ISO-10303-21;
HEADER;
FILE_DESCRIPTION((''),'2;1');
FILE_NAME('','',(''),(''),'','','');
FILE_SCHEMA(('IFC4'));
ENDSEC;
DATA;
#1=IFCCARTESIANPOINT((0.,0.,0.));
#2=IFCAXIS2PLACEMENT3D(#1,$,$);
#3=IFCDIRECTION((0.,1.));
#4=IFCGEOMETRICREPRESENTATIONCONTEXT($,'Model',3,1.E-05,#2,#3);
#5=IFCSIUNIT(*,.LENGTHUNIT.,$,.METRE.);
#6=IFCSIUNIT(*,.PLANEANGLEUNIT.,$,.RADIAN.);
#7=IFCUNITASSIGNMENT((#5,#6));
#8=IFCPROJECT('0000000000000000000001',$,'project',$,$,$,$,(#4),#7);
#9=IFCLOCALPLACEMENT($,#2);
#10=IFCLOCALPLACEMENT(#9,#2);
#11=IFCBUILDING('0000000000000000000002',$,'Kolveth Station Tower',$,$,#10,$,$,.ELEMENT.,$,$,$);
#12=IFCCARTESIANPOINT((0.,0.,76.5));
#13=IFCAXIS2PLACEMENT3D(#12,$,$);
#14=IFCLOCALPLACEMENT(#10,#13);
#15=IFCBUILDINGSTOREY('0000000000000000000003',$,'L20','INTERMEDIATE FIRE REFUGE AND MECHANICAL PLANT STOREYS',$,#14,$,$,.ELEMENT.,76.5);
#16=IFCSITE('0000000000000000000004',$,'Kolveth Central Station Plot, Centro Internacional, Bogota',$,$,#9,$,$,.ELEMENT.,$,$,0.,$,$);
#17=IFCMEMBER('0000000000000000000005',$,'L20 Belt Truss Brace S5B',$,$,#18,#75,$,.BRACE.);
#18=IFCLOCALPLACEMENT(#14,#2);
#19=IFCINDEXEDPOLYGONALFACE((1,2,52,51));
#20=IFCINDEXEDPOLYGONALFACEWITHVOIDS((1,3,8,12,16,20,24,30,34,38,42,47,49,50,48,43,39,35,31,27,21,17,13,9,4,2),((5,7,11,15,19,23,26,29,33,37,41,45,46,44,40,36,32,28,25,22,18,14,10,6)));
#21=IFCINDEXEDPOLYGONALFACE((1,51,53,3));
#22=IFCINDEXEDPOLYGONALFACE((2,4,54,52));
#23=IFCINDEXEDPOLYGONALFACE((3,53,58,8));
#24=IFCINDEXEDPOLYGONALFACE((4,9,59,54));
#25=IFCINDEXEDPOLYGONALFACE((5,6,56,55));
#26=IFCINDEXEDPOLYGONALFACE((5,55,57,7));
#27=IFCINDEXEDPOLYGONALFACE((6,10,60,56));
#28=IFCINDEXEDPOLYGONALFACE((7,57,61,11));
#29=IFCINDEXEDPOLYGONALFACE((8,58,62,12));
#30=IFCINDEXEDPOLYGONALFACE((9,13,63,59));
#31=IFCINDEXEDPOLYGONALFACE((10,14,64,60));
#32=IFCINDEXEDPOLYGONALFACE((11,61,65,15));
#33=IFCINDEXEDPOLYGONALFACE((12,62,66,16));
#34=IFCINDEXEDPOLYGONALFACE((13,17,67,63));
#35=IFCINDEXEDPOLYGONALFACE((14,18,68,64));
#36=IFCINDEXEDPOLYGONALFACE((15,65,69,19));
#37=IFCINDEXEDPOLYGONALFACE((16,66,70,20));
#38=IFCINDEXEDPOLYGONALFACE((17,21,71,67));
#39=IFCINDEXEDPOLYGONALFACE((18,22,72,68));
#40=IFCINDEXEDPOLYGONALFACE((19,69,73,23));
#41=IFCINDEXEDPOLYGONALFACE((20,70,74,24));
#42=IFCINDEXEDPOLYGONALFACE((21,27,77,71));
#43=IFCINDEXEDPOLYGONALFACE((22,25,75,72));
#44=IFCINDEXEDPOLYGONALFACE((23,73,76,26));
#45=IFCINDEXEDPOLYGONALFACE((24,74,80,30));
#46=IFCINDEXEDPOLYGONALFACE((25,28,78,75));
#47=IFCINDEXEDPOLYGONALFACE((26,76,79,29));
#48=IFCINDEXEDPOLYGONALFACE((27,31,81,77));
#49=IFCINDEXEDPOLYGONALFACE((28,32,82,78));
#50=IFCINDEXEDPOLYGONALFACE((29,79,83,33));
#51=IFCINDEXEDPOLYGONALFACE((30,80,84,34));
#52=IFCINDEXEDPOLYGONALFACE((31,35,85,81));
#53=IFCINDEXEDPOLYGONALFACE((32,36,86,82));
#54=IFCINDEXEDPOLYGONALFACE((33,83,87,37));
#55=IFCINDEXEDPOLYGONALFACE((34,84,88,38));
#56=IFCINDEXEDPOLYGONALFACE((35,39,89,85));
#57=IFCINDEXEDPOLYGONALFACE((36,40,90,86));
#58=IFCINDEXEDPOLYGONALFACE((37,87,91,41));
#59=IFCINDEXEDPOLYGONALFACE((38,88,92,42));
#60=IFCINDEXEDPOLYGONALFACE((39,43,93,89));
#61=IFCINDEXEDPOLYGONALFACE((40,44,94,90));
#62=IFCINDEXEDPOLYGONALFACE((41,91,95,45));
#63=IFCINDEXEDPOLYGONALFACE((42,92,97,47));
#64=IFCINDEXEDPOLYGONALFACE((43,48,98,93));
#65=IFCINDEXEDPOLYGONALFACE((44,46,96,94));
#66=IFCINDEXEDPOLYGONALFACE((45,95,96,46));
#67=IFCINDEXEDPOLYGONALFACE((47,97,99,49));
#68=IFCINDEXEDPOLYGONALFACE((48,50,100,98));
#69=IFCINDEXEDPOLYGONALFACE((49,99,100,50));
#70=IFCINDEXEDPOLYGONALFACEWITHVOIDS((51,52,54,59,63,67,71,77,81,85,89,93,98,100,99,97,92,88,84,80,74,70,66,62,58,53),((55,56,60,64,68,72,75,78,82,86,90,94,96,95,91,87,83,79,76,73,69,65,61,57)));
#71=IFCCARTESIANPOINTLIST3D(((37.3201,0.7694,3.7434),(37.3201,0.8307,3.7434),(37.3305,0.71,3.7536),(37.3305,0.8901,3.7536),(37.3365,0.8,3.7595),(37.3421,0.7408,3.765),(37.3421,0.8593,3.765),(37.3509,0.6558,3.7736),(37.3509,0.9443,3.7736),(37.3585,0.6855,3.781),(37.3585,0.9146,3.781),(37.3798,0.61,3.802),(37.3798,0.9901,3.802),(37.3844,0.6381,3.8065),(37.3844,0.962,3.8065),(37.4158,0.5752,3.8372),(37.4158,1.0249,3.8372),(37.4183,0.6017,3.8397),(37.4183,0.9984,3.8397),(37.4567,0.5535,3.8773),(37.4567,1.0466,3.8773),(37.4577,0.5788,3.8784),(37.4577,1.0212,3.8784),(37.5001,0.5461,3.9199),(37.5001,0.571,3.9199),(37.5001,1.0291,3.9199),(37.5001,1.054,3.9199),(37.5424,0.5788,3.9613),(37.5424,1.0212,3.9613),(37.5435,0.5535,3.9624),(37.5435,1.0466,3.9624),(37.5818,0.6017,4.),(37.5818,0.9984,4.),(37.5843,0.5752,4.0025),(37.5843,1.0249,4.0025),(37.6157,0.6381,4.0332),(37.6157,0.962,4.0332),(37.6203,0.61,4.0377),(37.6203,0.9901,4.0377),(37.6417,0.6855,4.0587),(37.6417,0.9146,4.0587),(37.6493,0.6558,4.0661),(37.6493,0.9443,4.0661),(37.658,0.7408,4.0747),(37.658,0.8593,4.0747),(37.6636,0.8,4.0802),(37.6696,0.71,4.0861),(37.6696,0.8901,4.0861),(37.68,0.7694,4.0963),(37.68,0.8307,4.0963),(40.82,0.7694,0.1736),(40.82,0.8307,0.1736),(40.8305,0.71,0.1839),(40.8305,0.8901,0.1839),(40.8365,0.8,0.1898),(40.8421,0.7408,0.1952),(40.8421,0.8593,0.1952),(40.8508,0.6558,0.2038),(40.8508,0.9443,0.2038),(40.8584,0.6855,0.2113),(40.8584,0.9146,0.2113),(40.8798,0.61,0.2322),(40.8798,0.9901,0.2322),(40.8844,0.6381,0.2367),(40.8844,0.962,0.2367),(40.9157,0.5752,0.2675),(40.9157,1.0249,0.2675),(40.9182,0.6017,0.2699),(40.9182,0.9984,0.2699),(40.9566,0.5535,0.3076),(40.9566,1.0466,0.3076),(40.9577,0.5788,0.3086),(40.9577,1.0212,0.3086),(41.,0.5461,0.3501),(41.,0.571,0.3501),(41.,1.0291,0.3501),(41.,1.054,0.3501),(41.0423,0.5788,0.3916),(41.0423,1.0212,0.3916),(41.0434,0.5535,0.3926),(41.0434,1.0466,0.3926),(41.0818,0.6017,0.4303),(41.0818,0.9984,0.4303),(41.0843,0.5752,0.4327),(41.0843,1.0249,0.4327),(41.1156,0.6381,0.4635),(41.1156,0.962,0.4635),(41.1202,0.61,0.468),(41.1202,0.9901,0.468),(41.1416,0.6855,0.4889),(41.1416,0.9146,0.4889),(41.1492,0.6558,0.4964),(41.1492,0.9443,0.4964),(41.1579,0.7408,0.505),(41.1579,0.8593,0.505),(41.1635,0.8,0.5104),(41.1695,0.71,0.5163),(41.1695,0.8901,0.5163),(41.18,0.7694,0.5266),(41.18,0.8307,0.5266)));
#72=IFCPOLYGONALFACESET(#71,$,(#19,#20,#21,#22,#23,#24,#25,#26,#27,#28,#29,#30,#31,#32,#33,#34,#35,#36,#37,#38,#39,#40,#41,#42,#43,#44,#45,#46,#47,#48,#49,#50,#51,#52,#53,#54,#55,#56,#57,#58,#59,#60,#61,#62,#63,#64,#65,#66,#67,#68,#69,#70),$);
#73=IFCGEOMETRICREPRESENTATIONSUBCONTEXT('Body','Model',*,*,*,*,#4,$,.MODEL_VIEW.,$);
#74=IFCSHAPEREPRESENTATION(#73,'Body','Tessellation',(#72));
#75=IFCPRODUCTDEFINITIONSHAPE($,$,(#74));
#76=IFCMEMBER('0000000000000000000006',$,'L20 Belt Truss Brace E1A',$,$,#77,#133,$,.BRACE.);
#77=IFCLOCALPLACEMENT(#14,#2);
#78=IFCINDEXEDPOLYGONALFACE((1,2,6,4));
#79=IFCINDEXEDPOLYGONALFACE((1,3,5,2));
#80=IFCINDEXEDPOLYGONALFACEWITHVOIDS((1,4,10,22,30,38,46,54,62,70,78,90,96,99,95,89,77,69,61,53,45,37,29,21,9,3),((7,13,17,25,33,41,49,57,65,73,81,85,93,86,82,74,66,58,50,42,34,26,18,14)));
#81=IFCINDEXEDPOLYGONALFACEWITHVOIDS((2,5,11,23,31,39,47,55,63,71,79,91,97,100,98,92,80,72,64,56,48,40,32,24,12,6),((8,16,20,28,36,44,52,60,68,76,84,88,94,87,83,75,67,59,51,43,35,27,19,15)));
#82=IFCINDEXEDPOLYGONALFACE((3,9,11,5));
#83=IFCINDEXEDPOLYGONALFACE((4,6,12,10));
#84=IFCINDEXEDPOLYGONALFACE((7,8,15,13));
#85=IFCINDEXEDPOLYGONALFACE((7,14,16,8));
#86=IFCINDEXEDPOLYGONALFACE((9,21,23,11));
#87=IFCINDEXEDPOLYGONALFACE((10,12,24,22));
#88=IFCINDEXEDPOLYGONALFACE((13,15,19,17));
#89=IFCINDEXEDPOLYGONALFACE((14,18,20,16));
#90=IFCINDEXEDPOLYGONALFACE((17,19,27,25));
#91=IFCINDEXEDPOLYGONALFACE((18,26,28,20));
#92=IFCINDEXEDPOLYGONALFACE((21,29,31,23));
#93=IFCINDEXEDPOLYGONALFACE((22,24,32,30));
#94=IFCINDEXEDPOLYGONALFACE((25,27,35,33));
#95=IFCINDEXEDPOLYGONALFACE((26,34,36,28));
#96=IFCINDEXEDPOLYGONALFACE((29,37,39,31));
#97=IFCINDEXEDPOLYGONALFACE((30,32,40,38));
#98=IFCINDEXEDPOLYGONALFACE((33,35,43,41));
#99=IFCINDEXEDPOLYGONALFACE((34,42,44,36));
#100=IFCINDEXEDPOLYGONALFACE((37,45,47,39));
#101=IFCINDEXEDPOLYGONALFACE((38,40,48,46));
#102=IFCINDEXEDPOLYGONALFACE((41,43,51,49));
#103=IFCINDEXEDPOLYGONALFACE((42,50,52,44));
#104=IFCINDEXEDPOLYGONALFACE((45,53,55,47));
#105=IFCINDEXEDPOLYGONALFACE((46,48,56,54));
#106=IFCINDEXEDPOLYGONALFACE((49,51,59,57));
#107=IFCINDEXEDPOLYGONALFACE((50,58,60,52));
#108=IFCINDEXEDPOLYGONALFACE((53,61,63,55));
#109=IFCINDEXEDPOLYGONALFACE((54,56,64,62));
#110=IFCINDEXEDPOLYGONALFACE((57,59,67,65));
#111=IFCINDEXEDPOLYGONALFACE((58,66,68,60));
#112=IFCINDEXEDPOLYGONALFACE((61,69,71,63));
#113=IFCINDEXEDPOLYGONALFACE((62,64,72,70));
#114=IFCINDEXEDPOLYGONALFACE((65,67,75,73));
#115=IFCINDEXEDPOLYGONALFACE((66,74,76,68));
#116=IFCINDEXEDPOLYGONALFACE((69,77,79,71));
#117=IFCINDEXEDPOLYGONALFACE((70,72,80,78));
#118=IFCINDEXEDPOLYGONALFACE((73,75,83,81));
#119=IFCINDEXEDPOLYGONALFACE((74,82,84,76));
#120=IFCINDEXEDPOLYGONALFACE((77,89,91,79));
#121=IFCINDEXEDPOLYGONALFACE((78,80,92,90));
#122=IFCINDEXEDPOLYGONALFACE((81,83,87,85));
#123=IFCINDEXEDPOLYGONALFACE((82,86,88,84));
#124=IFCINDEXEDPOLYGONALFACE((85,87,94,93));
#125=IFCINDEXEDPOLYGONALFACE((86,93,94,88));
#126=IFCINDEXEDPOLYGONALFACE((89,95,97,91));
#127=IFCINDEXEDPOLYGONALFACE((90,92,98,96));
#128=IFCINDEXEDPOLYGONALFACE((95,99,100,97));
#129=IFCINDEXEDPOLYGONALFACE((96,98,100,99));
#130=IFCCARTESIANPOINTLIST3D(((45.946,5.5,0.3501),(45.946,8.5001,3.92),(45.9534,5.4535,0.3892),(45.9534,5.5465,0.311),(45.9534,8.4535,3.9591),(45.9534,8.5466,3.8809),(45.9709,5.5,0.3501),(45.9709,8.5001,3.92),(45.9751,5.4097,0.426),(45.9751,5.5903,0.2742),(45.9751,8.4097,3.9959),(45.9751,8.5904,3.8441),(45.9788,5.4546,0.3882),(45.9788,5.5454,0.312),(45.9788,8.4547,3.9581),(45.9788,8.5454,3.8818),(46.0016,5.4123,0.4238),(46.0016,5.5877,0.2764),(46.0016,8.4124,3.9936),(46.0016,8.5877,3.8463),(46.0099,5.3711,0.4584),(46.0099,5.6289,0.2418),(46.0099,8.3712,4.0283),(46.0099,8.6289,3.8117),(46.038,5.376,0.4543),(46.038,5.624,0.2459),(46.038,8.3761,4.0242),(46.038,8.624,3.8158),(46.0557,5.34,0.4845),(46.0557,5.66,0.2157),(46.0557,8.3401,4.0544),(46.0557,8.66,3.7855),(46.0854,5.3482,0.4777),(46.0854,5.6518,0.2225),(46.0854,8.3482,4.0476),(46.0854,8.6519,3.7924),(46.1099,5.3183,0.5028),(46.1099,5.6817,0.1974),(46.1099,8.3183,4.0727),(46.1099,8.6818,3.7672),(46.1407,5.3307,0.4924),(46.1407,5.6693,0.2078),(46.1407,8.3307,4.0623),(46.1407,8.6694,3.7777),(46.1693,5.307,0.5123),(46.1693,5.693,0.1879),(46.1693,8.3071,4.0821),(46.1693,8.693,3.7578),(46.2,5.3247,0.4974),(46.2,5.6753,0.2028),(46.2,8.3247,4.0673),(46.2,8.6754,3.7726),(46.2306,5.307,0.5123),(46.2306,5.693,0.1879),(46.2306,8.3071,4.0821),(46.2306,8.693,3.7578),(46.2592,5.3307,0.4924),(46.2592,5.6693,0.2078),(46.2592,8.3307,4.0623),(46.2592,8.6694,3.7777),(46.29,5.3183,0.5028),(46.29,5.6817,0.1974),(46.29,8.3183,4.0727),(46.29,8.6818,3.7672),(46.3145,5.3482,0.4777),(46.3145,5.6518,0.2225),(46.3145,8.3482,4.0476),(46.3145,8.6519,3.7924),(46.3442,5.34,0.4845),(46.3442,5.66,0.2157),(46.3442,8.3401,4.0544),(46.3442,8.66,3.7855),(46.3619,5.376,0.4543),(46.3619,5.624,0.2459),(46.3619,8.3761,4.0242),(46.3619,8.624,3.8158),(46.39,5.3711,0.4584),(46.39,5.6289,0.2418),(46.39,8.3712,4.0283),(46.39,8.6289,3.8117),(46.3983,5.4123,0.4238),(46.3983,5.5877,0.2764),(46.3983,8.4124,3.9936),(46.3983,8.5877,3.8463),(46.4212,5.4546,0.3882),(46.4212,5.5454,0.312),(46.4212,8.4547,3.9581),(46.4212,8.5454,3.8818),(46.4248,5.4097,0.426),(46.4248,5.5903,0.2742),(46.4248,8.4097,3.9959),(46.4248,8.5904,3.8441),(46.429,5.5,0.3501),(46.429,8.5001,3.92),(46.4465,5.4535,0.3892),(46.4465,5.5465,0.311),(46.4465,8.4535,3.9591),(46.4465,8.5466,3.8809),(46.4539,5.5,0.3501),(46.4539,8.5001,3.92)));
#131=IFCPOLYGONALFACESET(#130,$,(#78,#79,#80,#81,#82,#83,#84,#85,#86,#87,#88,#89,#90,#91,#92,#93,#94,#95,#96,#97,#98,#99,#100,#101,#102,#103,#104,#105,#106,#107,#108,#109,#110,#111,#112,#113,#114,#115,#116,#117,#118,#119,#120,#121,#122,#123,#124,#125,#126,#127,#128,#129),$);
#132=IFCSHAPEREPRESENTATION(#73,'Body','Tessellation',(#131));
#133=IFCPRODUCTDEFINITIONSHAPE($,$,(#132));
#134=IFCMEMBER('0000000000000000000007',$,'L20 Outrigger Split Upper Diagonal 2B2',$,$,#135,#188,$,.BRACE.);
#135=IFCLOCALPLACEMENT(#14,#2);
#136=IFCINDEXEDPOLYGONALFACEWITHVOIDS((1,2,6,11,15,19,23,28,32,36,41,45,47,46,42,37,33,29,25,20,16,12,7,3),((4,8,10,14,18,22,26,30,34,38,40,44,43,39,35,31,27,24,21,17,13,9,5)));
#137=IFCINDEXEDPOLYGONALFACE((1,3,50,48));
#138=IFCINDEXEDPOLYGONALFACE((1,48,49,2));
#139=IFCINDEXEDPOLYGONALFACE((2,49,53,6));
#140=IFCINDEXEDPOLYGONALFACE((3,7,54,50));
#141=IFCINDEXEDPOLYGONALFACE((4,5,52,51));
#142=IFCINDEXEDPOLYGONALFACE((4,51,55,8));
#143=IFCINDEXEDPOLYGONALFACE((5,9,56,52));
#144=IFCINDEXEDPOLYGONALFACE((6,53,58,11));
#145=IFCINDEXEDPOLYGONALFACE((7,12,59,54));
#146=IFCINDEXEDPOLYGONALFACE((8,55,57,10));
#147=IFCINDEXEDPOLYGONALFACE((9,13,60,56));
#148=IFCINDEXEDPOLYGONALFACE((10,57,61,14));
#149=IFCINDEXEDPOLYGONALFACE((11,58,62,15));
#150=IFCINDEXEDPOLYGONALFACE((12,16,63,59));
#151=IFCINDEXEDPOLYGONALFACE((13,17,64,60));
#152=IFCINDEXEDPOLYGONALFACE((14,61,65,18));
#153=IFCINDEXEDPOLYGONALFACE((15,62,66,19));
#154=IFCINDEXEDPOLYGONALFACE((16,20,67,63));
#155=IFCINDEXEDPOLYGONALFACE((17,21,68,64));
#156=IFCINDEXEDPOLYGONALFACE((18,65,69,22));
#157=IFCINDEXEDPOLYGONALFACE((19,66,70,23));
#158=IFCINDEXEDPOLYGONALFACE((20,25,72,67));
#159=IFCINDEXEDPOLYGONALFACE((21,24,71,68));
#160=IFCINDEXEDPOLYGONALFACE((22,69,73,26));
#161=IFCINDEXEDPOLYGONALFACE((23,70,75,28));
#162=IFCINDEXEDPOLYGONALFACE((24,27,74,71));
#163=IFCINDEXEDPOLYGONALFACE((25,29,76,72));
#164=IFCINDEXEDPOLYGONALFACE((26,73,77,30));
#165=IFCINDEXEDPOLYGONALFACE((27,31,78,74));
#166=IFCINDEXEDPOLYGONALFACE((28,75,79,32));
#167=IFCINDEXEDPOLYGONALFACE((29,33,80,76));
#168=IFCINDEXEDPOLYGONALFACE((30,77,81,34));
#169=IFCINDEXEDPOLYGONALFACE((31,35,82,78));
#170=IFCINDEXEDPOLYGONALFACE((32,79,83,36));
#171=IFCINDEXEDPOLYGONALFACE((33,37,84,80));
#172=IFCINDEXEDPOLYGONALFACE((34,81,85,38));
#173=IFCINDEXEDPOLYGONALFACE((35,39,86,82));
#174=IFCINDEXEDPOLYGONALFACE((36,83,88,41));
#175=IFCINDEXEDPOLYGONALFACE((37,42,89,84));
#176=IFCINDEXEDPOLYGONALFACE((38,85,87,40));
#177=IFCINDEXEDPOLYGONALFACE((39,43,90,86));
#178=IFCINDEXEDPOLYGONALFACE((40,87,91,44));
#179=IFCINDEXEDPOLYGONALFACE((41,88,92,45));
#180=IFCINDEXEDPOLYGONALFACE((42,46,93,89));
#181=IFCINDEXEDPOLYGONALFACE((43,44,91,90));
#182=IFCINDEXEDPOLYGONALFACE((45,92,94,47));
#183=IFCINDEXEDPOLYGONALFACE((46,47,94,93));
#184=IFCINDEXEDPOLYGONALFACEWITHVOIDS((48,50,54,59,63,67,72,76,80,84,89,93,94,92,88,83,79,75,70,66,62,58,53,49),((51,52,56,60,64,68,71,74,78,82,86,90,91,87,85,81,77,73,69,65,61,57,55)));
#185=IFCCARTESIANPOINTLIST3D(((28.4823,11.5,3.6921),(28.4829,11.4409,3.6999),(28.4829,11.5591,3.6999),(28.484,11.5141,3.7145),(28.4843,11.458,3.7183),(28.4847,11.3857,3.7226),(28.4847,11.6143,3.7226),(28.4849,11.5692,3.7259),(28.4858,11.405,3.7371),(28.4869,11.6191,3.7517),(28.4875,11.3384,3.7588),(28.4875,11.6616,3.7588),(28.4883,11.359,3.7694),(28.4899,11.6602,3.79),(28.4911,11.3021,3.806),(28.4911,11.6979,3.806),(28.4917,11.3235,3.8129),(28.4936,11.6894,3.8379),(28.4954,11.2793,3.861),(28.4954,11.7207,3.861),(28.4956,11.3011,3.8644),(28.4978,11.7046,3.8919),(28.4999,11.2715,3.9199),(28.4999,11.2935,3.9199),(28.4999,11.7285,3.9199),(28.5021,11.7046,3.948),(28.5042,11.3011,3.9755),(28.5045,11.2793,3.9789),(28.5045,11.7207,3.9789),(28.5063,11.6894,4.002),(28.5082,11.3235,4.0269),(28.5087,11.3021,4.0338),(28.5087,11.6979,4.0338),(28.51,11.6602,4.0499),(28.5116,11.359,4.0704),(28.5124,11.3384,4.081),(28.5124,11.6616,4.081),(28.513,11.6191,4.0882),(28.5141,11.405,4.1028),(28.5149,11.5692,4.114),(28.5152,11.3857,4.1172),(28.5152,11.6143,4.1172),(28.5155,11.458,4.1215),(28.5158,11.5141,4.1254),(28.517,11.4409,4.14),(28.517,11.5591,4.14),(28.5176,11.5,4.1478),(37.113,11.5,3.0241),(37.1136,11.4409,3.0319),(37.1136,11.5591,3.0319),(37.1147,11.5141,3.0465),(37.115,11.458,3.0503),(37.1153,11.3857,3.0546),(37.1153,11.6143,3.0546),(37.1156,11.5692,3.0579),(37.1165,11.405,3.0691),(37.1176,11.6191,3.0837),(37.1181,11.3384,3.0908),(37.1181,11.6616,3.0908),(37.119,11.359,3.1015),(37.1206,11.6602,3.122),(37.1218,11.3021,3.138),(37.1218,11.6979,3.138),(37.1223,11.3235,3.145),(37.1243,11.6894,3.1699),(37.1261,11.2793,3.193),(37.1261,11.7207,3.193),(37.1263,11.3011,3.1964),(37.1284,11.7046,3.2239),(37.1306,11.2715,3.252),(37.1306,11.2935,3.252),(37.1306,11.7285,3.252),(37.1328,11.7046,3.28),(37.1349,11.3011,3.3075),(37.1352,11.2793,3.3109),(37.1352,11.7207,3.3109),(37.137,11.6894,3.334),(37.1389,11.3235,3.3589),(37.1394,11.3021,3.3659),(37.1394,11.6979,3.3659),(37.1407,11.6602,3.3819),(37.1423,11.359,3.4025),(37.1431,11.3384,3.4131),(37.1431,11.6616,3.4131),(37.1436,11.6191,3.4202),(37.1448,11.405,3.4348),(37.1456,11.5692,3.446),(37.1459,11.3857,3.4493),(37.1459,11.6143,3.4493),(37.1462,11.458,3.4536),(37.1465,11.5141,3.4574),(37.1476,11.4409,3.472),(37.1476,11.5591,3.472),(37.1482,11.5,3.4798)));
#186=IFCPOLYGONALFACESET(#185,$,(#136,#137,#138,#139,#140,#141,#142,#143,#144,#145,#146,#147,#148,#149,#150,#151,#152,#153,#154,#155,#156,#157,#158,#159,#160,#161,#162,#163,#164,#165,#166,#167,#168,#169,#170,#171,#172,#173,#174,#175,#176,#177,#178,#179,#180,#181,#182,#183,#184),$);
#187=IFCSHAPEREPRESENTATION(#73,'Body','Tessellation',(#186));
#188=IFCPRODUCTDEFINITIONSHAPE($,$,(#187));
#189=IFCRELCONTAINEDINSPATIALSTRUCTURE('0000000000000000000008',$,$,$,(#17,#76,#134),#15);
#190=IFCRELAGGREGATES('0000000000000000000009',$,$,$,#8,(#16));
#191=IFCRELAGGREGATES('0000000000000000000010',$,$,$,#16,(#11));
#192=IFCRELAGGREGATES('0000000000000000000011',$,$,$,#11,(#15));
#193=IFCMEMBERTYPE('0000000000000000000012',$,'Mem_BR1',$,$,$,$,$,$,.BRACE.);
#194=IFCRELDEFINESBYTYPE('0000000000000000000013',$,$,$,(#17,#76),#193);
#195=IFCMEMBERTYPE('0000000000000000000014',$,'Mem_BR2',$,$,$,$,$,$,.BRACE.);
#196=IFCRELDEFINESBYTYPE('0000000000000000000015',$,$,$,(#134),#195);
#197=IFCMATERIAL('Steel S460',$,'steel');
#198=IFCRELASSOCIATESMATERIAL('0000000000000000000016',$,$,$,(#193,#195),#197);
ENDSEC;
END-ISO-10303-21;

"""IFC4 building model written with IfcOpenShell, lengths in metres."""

from ifc_helpers import new_model, si_unit, direction, frame, origin, origin_2d, place, context, subcontext, project, spatial, hollow_circle, extrude, source, transform, mapped, material, material_profile, profile_set, type_object, element, save


model = new_model("IFC4")

# Units and contexts
model_context = context("Model", 3, precision=1e-05, world=origin(), true_north=direction((0.0, 1.0)))
body_context = subcontext(model_context, "Body", "Model", "MODEL_VIEW")
ifc_project = project(units=[si_unit("LENGTHUNIT", "METRE"), si_unit("PLANEANGLEUNIT", "RADIAN")], contexts=[model_context])

# Site, building, storey
site_placement = place(None, origin())
site = spatial("IfcSite", under=ifc_project, at=site_placement, Name="Kolveth Central Station Plot, Centro Internacional, Bogota", CompositionType="ELEMENT", RefElevation=0.0)
building_placement = place(site_placement, origin())
building = spatial("IfcBuilding", under=site, at=building_placement, Name="Kolveth Station Tower", CompositionType="ELEMENT")
storey_placement = place(building_placement, frame((0.0, 0.0, 76.5)))
storey = spatial("IfcBuildingStorey", under=building, at=storey_placement, Name="L20", Description="INTERMEDIATE FIRE REFUGE AND MECHANICAL PLANT STOREYS", CompositionType="ELEMENT", Elevation=76.5)

# Shared definitions
ifc_material_1 = material(Name="Steel S460", Category="steel")

# Members
ifc_material_profile_1 = material_profile(ifc_material_1, hollow_circle(Radius=0.2539, WallThickness=0.0249, at=origin_2d()), Name="CHS508x25")
ifc_profile_set_1 = profile_set([ifc_material_profile_1], Name="Steel S460")
member_type_1 = type_object("IfcMemberType", Name="Mem_BR1", PredefinedType="BRACE", material=ifc_profile_set_1)
shared_shape_1 = source(origin(), body_context, "Body", "SweptSolid", [
    extrude(hollow_circle(Radius=0.2539, WallThickness=0.0249, at=origin_2d()), origin(), (0.0, 0.0, 1.0), 4.9993),
])
member_1_placement = place(storey_placement, frame((41.0, 0.8, 0.3501), z_axis=(-0.700089, 0.0, 0.714056), x_axis=(0.0, -1.0, 0.0)))
element("IfcMember", 1, at=member_1_placement, inside=storey, type_object=member_type_1, Name="L20 Belt Truss Brace S5B", PredefinedType="BRACE", context=body_context, shape_type="MappedRepresentation", body=[
    mapped(shared_shape_1, transform((0.0, 0.0, 0.0), x_axis=(1.0, 0.0, 0.0), y_axis=(0.0, 1.0, 0.0), z_axis=(0.0, 0.0, 1.0), scale=1.0)),
])
shared_shape_2 = source(origin(), body_context, "Body", "SweptSolid", [
    extrude(hollow_circle(Radius=0.2539, WallThickness=0.0249, at=origin_2d()), origin(), (0.0, 0.0, 1.0), 4.6631),
])
member_2_placement = place(storey_placement, frame((46.2, 5.5, 0.3501), z_axis=(0.0, 0.643362, 0.765563), x_axis=(-1.0, 0.0, 0.0)))
element("IfcMember", 2, at=member_2_placement, inside=storey, type_object=member_type_1, Name="L20 Belt Truss Brace E1A", PredefinedType="BRACE", context=body_context, shape_type="MappedRepresentation", body=[
    mapped(shared_shape_2, transform((0.0, 0.0, 0.0), x_axis=(1.0, 0.0, 0.0), y_axis=(0.0, 1.0, 0.0), z_axis=(0.0, 0.0, 1.0), scale=1.0)),
])
ifc_material_profile_2 = material_profile(ifc_material_1, hollow_circle(Radius=0.2285, WallThickness=0.022, at=origin_2d()), Name="CHS457x22")
ifc_profile_set_2 = profile_set([ifc_material_profile_2], Name="Steel S460")
member_type_2 = type_object("IfcMemberType", Name="Mem_BR2", PredefinedType="BRACE", material=ifc_profile_set_2)
shared_shape_3 = source(origin(), body_context, "Body", "SweptSolid", [
    extrude(hollow_circle(Radius=0.2285, WallThickness=0.022, at=origin_2d()), origin(), (0.0, 0.0, 1.0), 8.6565),
])
member_3_placement = place(storey_placement, frame((37.1306, 11.5, 3.252), z_axis=(-0.997018, 0.0, 0.077165), x_axis=(0.0, -1.0, 0.0)))
element("IfcMember", 3, at=member_3_placement, inside=storey, type_object=member_type_2, Name="L20 Outrigger Split Upper Diagonal 2B2", PredefinedType="BRACE", context=body_context, shape_type="MappedRepresentation", body=[
    mapped(shared_shape_3, transform((0.0, 0.0, 0.0), x_axis=(1.0, 0.0, 0.0), y_axis=(0.0, 1.0, 0.0), z_axis=(0.0, 0.0, 1.0), scale=1.0)),
])

save(model, "model.ifc")
